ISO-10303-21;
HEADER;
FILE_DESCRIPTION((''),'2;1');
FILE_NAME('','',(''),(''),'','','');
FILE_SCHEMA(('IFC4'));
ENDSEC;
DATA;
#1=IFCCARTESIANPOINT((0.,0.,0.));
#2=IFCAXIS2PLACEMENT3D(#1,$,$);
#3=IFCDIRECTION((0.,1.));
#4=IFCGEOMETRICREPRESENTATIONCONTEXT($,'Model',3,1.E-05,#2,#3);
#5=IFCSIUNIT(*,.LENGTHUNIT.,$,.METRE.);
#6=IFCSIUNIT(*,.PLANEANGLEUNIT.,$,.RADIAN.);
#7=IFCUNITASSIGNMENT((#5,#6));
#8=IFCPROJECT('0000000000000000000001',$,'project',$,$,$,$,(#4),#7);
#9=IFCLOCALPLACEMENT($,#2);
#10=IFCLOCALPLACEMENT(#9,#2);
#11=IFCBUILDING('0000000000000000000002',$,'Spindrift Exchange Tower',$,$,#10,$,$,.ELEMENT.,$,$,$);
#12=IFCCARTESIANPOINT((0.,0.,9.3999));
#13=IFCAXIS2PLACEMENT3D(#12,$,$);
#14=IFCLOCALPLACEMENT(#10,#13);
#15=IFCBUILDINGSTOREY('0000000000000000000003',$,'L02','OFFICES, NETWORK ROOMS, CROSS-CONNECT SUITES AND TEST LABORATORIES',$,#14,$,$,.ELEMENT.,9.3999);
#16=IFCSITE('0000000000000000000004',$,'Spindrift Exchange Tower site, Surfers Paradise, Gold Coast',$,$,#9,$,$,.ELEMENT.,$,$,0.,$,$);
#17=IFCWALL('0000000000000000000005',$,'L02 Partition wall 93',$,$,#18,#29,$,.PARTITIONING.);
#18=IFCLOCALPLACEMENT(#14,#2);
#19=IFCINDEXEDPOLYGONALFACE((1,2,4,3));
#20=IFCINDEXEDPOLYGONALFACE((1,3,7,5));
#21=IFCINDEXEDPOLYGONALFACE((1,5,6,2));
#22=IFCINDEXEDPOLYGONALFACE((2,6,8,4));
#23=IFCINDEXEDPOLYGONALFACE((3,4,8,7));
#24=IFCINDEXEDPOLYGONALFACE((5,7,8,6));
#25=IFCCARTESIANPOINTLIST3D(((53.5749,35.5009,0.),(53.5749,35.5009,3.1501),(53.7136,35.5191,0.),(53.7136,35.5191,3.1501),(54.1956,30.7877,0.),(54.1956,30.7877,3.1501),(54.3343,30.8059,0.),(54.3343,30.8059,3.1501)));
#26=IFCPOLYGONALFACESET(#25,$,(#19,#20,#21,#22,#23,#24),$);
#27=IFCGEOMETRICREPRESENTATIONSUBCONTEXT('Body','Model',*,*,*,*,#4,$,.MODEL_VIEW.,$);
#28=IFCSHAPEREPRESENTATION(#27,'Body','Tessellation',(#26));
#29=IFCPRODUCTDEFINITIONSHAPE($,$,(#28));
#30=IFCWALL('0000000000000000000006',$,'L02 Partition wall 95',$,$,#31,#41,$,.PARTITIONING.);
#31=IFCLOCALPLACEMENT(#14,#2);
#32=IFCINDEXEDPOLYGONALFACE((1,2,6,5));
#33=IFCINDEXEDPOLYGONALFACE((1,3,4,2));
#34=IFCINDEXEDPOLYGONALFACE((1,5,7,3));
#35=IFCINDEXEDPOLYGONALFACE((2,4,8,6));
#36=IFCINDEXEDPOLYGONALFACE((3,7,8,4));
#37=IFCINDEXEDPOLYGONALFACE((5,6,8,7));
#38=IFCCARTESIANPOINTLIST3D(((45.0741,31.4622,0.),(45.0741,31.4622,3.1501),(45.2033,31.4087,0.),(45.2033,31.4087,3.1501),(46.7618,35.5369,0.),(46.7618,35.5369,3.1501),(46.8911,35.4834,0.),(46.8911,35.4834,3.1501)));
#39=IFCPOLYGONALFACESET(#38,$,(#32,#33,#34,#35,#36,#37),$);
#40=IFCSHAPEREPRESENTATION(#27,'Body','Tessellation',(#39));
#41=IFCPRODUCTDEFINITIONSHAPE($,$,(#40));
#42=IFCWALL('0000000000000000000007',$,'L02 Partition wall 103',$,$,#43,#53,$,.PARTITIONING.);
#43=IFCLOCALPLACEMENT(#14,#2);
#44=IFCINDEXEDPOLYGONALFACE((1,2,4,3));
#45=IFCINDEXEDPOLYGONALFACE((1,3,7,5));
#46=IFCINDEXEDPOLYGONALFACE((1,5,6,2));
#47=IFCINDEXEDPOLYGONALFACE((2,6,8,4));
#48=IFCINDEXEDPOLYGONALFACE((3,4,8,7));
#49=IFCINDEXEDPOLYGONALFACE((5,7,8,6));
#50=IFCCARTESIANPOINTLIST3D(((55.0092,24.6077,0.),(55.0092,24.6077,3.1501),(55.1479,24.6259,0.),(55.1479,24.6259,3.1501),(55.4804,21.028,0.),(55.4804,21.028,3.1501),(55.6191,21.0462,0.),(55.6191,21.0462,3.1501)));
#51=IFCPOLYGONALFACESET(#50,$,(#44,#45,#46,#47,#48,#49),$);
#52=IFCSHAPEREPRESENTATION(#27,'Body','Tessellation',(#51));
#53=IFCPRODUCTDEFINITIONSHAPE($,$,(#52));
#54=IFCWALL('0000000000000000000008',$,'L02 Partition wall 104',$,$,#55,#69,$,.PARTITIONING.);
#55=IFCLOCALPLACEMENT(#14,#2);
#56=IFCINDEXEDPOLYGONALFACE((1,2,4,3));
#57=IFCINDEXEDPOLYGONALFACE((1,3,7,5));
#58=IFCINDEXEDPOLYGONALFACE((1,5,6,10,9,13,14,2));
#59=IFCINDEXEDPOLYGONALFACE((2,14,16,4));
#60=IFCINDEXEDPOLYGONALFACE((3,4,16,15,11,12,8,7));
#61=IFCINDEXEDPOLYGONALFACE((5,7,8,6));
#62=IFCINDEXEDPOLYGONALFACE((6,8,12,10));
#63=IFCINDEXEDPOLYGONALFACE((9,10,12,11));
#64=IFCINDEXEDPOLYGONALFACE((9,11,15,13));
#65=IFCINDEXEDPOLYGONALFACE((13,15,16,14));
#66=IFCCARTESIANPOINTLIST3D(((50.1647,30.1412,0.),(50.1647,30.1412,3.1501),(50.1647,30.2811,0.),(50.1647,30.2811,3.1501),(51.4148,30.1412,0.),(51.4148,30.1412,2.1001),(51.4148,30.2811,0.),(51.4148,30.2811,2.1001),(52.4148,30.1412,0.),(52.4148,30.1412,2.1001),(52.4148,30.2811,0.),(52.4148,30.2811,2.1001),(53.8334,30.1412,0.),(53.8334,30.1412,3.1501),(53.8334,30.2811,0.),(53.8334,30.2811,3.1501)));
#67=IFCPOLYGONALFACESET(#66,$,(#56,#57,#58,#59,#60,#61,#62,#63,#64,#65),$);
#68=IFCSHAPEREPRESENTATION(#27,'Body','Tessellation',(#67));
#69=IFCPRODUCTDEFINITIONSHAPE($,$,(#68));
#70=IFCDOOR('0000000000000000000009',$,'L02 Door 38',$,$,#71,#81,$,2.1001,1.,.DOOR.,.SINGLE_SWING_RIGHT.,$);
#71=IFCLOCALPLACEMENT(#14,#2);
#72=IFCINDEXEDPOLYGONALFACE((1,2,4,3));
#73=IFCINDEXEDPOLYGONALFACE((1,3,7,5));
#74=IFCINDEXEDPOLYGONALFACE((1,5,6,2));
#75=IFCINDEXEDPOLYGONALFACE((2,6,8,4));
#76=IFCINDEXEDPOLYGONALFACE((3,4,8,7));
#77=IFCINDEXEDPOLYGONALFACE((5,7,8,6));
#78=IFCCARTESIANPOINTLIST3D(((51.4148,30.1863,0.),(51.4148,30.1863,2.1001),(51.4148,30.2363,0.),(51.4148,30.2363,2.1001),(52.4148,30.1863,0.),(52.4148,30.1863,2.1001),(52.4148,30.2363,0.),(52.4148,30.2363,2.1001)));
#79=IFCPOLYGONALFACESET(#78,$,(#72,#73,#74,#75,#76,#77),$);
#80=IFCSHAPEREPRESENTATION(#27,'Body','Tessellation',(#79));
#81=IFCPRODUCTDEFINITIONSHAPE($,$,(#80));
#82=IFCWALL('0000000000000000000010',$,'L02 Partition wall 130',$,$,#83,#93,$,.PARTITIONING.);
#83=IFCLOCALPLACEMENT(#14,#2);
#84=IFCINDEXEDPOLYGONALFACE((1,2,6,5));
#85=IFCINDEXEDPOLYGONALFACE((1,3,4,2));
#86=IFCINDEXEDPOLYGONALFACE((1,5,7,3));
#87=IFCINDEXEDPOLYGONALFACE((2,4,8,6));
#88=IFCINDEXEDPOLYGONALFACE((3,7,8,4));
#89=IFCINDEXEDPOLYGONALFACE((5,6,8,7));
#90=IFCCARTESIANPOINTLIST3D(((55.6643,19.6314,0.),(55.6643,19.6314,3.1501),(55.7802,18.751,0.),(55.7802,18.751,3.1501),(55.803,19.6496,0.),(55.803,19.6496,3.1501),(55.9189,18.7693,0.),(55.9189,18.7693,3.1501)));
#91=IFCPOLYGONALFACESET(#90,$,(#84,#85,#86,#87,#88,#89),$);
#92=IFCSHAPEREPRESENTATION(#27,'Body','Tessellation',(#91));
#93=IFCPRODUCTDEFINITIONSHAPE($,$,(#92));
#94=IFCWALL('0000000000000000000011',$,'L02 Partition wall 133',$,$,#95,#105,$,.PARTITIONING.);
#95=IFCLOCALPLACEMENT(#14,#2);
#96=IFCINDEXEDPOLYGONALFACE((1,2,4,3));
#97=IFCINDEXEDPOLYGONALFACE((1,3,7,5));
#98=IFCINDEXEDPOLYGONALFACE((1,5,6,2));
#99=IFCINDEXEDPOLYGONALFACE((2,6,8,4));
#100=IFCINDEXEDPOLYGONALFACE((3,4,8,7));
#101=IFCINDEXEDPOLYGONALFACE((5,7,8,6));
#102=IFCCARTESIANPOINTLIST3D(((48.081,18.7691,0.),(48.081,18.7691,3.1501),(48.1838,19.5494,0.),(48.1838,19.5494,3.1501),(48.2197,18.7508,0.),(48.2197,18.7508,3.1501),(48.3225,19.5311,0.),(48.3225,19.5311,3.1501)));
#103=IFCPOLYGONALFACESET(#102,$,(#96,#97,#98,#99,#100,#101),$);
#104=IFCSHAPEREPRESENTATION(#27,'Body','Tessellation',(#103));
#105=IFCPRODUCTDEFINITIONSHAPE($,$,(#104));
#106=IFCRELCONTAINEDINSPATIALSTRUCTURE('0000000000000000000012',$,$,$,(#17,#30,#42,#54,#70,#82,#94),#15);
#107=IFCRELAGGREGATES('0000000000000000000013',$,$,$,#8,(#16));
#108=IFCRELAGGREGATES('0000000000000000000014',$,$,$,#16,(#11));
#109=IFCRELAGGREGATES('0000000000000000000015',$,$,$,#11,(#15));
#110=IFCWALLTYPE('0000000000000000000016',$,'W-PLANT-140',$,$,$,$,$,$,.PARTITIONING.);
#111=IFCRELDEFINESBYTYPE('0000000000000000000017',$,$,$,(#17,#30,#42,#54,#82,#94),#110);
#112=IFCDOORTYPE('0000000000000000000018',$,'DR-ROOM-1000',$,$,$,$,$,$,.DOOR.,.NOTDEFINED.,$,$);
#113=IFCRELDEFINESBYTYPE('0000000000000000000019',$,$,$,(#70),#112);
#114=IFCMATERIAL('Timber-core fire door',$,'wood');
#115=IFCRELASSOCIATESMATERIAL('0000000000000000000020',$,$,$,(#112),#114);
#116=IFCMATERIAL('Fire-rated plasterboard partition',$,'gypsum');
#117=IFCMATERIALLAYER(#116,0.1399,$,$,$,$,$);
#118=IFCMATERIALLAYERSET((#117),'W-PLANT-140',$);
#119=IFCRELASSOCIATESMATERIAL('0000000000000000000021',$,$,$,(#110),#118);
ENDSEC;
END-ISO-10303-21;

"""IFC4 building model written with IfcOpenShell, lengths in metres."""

from ifc_helpers import new_model, si_unit, direction, frame, frame_2d, origin, place, context, subcontext, project, spatial, rectangle, extrude, source, transform, mapped, material, layer, layer_set, type_object, element, fill, save


model = new_model("IFC4")

# Units and contexts
model_context = context("Model", 3, precision=1e-05, world=origin(), true_north=direction((0.0, 1.0)))
body_context = subcontext(model_context, "Body", "Model", "MODEL_VIEW")
ifc_project = project(units=[si_unit("LENGTHUNIT", "METRE"), si_unit("PLANEANGLEUNIT", "RADIAN")], contexts=[model_context])

# Site, building, storey
site_placement = place(None, origin())
site = spatial("IfcSite", under=ifc_project, at=site_placement, Name="Spindrift Exchange Tower site, Surfers Paradise, Gold Coast", CompositionType="ELEMENT", RefElevation=0.0)
building_placement = place(site_placement, origin())
building = spatial("IfcBuilding", under=site, at=building_placement, Name="Spindrift Exchange Tower", CompositionType="ELEMENT")
storey_placement = place(building_placement, frame((0.0, 0.0, 9.3999)))
storey = spatial("IfcBuildingStorey", under=building, at=storey_placement, Name="L02", Description="OFFICES, NETWORK ROOMS, CROSS-CONNECT SUITES AND TEST LABORATORIES", CompositionType="ELEMENT", Elevation=9.3999)

# Shared definitions
ifc_material_1 = material(Name="Fire-rated plasterboard partition", Category="gypsum")
ifc_material_2 = material(Name="Timber-core fire door", Category="wood")
door_type = type_object("IfcDoorType", Name="DR-ROOM-1000", OperationType="NOTDEFINED", PredefinedType="DOOR", material=ifc_material_2)
shared_shape_1 = source(origin(), body_context, "Body", "SweptSolid", [
    extrude(rectangle(XDim=1.0, YDim=2.1001, at=frame_2d((0.5, 1.05))), frame((0.0, 0.0249, 0.0), z_axis=(0.0, -1.0, 0.0), x_axis=(1.0, 0.0, 0.0)), (0.0, 0.0, 1.0), 0.05),
])

# Walls
ifc_layer_1 = layer(ifc_material_1, 0.1399)
ifc_layer_set_1 = layer_set([ifc_layer_1], Name="W-PLANT-140")
wall_type_1 = type_object("IfcWallType", Name="W-PLANT-140", PredefinedType="PARTITIONING", material=ifc_layer_set_1)
wall_1_placement = place(storey_placement, frame((53.6443, 35.51, 0.0), z_axis=(0.0, 0.0, 1.0), x_axis=(0.130549, -0.991442, 0.0)))
element("IfcWall", 1, at=wall_1_placement, inside=storey, type_object=wall_type_1, Name="L02 Partition wall 93", PredefinedType="PARTITIONING", context=body_context, shape_type="SweptSolid", body=[
    extrude(rectangle(XDim=4.7539, YDim=0.1399, at=frame_2d((2.377, 0.0))), origin(), (0.0, 0.0, 1.0), 3.1501),
])
wall_2_placement = place(storey_placement, frame((46.8264, 35.51, 0.0), z_axis=(0.0, 0.0, 1.0), x_axis=(-0.382673, -0.923884, 0.0)))
element("IfcWall", 2, at=wall_2_placement, inside=storey, type_object=wall_type_1, Name="L02 Partition wall 95", PredefinedType="PARTITIONING", context=body_context, shape_type="SweptSolid", body=[
    extrude(rectangle(XDim=4.4104, YDim=0.1399, at=frame_2d((2.2051, 0.0))), origin(), (0.0, 0.0, 1.0), 3.1501),
])
wall_3_placement = place(storey_placement, frame((55.0786, 24.6167, 0.0), z_axis=(0.0, 0.0, 1.0), x_axis=(0.130498, -0.991449, 0.0)))
element("IfcWall", 3, at=wall_3_placement, inside=storey, type_object=wall_type_1, Name="L02 Partition wall 103", PredefinedType="PARTITIONING", context=body_context, shape_type="SweptSolid", body=[
    extrude(rectangle(XDim=3.6106, YDim=0.1399, at=frame_2d((1.8052, 0.0))), origin(), (0.0, 0.0, 1.0), 3.1501),
])

# Wall, opening, door
wall_4_placement = place(storey_placement, frame((53.8335, 30.2112, 0.0), z_axis=(0.0, 0.0, 1.0), x_axis=(-1.0, 0.0, 0.0)))
wall_4 = element("IfcWall", 4, at=wall_4_placement, inside=storey, type_object=wall_type_1, Name="L02 Partition wall 104", PredefinedType="PARTITIONING", context=body_context, shape_type="SweptSolid", body=[
    extrude(rectangle(XDim=3.6687, YDim=0.1399, at=frame_2d((1.8345, 0.0))), origin(), (0.0, 0.0, 1.0), 3.1501),
])
opening_1_placement = place(wall_4_placement, frame((1.4187, 0.0, 0.0)))
opening_1 = element("IfcOpeningElement", 5, at=opening_1_placement, cuts=wall_4, PredefinedType="OPENING", context=body_context, shape_type="SweptSolid", body=[
    extrude(rectangle(XDim=1.0, YDim=2.1001, at=frame_2d((0.5, 1.05))), frame((0.0, 0.0798, 0.0), z_axis=(0.0, -1.0, 0.0), x_axis=(1.0, 0.0, 0.0)), (0.0, 0.0, 1.0), 0.1599),
])
door_1_placement = place(opening_1_placement, origin())
door_1 = element("IfcDoor", 6, at=door_1_placement, inside=storey, type_object=door_type, Name="L02 Door 38", OperationType="SINGLE_SWING_RIGHT", OverallHeight=2.1001, OverallWidth=1.0, PredefinedType="DOOR", context=body_context, shape_type="MappedRepresentation", body=[
    mapped(shared_shape_1, transform((0.0, 0.0, 0.0), scale=1.0)),
])
fill(opening_1, door_1)

# Walls
wall_5_placement = place(storey_placement, frame((55.7336, 19.6404, 0.0), z_axis=(0.0, 0.0, 1.0), x_axis=(0.130597, -0.991436, 0.0)))
element("IfcWall", 7, at=wall_5_placement, inside=storey, type_object=wall_type_1, Name="L02 Partition wall 130", PredefinedType="PARTITIONING", context=body_context, shape_type="SweptSolid", body=[
    extrude(rectangle(XDim=0.8879, YDim=0.1399, at=frame_2d((0.4438, 0.0))), origin(), (0.0, 0.0, 1.0), 3.1501),
])
wall_6_placement = place(storey_placement, frame((48.2532, 19.5403, 0.0), z_axis=(0.0, 0.0, 1.0), x_axis=(-0.130599, -0.991435, 0.0)))
element("IfcWall", 8, at=wall_6_placement, inside=storey, type_object=wall_type_1, Name="L02 Partition wall 133", PredefinedType="PARTITIONING", context=body_context, shape_type="SweptSolid", body=[
    extrude(rectangle(XDim=0.7871, YDim=0.1399, at=frame_2d((0.3936, 0.0))), origin(), (0.0, 0.0, 1.0), 3.1501),
])

save(model, "model.ifc")
